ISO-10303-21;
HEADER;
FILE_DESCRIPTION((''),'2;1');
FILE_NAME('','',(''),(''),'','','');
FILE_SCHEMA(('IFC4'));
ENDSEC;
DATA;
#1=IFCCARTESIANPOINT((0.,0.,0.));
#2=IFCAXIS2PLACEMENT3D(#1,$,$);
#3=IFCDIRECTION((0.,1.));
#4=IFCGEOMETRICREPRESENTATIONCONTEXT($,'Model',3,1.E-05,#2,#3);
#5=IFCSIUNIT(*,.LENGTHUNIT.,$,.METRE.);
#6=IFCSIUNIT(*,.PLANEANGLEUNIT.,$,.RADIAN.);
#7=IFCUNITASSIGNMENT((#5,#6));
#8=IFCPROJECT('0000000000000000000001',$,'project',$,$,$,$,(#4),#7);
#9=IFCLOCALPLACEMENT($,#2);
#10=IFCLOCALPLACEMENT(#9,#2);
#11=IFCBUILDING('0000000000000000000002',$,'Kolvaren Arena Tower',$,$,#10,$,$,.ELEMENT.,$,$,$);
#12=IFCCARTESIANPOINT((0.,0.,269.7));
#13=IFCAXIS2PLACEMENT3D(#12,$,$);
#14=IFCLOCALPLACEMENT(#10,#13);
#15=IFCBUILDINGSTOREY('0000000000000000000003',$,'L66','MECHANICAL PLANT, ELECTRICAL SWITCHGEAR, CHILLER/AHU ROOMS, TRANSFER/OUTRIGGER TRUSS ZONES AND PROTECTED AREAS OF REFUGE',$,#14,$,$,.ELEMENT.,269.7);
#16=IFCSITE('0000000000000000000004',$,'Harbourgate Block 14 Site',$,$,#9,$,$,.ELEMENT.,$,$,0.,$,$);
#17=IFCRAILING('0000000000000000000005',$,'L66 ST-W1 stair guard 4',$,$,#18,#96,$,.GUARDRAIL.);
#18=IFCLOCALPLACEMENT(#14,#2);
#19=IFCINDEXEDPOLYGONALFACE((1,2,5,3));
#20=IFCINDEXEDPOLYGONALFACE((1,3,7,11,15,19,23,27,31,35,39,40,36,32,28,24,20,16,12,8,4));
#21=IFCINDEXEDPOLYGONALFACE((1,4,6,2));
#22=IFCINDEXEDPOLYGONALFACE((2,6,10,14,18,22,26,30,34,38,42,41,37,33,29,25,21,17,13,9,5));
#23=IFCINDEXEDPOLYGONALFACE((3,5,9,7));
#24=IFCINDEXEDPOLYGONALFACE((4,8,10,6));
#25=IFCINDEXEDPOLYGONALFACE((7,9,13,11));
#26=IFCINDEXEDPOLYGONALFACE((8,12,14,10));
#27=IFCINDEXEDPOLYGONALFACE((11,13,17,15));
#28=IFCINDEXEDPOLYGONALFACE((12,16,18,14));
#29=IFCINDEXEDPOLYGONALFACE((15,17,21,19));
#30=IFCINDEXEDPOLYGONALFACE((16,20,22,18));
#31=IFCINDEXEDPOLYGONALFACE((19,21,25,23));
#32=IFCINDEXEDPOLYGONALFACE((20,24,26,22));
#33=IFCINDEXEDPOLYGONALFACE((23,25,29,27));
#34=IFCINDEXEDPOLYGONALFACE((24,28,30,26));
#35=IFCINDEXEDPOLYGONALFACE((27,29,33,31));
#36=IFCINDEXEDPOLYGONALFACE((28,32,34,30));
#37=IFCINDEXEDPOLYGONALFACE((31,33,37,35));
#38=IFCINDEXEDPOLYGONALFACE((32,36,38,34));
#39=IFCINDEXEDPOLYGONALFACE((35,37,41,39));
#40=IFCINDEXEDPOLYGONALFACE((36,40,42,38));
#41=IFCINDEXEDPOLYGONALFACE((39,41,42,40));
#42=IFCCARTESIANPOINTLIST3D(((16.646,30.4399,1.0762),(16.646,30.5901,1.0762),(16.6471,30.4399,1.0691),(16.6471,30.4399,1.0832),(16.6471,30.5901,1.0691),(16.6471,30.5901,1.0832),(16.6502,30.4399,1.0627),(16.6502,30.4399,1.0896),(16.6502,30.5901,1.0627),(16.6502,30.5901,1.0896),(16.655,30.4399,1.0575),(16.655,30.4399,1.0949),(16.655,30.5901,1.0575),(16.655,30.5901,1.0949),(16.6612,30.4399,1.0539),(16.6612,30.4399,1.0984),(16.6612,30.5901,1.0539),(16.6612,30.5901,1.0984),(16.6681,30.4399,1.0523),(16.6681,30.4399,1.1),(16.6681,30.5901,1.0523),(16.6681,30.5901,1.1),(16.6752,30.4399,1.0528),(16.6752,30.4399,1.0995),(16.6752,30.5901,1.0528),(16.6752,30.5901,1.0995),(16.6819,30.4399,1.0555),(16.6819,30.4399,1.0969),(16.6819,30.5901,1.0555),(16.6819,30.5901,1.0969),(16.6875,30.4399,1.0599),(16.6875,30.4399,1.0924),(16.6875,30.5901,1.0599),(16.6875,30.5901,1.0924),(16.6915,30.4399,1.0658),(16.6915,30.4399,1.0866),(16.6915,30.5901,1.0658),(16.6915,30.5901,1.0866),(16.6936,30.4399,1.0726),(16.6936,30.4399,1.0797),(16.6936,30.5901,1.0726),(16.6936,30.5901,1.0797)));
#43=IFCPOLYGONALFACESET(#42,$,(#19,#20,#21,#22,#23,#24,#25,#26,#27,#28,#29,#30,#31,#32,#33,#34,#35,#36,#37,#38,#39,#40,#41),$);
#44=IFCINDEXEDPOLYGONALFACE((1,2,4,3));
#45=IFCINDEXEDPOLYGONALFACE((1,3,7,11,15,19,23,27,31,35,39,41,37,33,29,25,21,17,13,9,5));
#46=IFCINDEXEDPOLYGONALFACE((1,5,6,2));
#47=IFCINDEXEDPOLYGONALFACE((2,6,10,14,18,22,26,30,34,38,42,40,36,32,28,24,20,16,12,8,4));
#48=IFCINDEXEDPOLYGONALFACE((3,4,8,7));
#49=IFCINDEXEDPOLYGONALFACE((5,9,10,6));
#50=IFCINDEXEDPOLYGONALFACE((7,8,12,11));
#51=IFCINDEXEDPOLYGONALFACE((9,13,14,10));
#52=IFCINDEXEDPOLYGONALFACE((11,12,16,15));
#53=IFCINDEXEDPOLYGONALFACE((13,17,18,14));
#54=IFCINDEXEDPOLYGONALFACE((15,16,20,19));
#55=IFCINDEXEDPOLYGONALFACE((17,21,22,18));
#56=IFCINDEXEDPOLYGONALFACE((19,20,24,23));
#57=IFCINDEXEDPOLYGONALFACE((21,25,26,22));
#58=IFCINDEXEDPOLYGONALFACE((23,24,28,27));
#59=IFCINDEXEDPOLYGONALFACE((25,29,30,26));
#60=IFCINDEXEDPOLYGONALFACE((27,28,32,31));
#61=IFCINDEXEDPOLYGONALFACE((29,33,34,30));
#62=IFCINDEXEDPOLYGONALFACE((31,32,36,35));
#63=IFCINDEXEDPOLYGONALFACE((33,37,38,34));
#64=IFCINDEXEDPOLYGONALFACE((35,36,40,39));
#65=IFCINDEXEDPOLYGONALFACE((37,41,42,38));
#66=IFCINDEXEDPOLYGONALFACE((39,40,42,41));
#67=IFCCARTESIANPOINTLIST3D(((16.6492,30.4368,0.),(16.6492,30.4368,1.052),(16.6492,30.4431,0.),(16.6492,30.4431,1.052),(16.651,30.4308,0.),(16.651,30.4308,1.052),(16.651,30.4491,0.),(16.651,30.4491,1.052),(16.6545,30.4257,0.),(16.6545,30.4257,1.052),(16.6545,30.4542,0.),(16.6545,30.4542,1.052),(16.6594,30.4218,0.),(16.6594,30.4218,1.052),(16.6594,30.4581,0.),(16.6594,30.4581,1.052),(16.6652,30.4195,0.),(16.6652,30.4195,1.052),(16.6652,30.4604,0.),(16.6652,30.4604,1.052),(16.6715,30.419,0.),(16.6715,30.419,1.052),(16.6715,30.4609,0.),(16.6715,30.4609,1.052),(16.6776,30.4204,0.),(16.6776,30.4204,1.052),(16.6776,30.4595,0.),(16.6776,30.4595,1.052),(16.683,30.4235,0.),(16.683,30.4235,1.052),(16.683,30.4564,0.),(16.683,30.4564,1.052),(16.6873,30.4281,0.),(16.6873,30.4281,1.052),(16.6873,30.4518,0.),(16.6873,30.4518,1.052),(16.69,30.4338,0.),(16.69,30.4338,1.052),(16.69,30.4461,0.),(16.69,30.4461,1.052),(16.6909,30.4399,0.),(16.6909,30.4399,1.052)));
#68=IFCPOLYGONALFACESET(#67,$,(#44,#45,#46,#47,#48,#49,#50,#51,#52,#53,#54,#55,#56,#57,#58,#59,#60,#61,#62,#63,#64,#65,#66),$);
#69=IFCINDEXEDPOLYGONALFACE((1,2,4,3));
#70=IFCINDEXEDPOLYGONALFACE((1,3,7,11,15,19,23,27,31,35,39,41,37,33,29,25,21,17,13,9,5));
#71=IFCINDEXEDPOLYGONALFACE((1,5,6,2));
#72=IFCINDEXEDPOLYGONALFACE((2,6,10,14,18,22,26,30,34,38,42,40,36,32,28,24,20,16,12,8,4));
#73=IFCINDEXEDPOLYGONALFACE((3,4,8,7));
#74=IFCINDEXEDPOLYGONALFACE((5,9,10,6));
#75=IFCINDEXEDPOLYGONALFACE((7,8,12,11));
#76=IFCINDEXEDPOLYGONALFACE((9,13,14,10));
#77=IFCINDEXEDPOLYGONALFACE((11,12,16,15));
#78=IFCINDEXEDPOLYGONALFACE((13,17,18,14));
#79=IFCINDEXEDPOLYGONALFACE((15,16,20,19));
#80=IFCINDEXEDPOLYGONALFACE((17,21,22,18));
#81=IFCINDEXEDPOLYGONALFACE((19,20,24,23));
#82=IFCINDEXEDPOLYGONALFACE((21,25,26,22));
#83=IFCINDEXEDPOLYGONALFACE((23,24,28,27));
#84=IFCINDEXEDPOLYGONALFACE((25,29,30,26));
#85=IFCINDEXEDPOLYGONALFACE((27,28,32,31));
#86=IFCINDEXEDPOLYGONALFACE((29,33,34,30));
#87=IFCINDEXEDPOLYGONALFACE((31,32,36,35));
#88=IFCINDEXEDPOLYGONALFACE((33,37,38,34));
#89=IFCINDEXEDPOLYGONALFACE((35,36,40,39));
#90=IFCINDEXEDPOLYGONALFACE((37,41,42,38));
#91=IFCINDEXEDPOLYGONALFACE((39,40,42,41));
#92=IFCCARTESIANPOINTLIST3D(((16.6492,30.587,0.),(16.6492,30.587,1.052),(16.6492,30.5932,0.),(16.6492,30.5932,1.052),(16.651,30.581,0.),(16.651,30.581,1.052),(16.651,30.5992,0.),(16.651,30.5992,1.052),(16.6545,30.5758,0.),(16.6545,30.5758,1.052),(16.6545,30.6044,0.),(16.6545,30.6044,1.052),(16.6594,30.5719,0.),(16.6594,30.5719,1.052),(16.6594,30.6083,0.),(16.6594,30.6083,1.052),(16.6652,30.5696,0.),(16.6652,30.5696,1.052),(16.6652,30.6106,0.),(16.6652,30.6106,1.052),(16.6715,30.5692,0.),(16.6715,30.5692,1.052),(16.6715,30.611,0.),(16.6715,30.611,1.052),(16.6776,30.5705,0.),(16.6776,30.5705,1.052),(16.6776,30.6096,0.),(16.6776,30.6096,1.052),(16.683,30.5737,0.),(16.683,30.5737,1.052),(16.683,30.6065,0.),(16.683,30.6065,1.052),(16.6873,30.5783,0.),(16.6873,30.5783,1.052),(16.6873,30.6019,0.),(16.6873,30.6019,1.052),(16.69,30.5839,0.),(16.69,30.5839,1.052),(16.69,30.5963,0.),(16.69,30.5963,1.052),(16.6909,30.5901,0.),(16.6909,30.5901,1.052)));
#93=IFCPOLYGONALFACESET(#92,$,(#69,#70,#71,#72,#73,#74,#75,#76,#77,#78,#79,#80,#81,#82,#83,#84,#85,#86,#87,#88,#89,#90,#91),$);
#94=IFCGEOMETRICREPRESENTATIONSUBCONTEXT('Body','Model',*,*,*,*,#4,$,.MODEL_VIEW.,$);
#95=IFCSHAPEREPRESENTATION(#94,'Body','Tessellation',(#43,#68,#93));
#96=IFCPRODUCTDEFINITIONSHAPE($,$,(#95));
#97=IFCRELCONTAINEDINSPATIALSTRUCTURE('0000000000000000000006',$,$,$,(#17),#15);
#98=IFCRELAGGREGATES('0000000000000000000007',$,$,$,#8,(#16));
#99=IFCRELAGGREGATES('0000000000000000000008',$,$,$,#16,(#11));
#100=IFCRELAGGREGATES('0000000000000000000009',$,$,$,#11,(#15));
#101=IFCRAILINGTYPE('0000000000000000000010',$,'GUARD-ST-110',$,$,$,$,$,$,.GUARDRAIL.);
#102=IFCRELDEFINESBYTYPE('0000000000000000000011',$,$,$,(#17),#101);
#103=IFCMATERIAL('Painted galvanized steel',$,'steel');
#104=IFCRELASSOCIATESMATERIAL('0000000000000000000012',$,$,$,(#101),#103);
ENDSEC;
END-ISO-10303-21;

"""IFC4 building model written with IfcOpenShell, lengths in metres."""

from ifc_helpers import new_model, si_unit, direction, frame, origin, origin_2d, place, context, subcontext, project, spatial, circle, extrude, material, type_object, element, save


model = new_model("IFC4")

# Units and contexts
model_context = context("Model", 3, precision=1e-05, world=origin(), true_north=direction((0.0, 1.0)))
body_context = subcontext(model_context, "Body", "Model", "MODEL_VIEW")
ifc_project = project(units=[si_unit("LENGTHUNIT", "METRE"), si_unit("PLANEANGLEUNIT", "RADIAN")], contexts=[model_context])

# Site, building, storey
site_placement = place(None, origin())
site = spatial("IfcSite", under=ifc_project, at=site_placement, Name="Harbourgate Block 14 Site", CompositionType="ELEMENT", RefElevation=0.0)
building_placement = place(site_placement, origin())
building = spatial("IfcBuilding", under=site, at=building_placement, Name="Kolvaren Arena Tower", CompositionType="ELEMENT")
storey_placement = place(building_placement, frame((0.0, 0.0, 269.7)))
storey = spatial("IfcBuildingStorey", under=building, at=storey_placement, Name="L66", Description="MECHANICAL PLANT, ELECTRICAL SWITCHGEAR, CHILLER/AHU ROOMS, TRANSFER/OUTRIGGER TRUSS ZONES AND PROTECTED AREAS OF REFUGE", CompositionType="ELEMENT", Elevation=269.7)

# Railing
ifc_material_1 = material(Name="Painted galvanized steel", Category="steel")
railing_type_1 = type_object("IfcRailingType", Name="GUARD-ST-110", PredefinedType="GUARDRAIL", material=ifc_material_1)
railing_1_placement = place(storey_placement, frame((16.6699, 30.4399, 0.0)))
element("IfcRailing", 1, at=railing_1_placement, inside=storey, type_object=railing_type_1, Name="L66 ST-W1 stair guard 4", PredefinedType="GUARDRAIL", context=body_context, shape_type="SweptSolid", body=[
    extrude(circle(Radius=0.0239, at=origin_2d()), frame((0.0, 0.0, 1.0762), z_axis=(0.0, 1.0, 0.0), x_axis=(-1.0, 0.0, 0.0)), (0.0, 0.0, 1.0), 0.1501),
    extrude(circle(Radius=0.021, at=origin_2d()), origin(), (0.0, 0.0, 1.0), 1.052),
    extrude(circle(Radius=0.021, at=origin_2d()), frame((0.0, 0.1501, 0.0)), (0.0, 0.0, 1.0), 1.052),
])

save(model, "model.ifc")
